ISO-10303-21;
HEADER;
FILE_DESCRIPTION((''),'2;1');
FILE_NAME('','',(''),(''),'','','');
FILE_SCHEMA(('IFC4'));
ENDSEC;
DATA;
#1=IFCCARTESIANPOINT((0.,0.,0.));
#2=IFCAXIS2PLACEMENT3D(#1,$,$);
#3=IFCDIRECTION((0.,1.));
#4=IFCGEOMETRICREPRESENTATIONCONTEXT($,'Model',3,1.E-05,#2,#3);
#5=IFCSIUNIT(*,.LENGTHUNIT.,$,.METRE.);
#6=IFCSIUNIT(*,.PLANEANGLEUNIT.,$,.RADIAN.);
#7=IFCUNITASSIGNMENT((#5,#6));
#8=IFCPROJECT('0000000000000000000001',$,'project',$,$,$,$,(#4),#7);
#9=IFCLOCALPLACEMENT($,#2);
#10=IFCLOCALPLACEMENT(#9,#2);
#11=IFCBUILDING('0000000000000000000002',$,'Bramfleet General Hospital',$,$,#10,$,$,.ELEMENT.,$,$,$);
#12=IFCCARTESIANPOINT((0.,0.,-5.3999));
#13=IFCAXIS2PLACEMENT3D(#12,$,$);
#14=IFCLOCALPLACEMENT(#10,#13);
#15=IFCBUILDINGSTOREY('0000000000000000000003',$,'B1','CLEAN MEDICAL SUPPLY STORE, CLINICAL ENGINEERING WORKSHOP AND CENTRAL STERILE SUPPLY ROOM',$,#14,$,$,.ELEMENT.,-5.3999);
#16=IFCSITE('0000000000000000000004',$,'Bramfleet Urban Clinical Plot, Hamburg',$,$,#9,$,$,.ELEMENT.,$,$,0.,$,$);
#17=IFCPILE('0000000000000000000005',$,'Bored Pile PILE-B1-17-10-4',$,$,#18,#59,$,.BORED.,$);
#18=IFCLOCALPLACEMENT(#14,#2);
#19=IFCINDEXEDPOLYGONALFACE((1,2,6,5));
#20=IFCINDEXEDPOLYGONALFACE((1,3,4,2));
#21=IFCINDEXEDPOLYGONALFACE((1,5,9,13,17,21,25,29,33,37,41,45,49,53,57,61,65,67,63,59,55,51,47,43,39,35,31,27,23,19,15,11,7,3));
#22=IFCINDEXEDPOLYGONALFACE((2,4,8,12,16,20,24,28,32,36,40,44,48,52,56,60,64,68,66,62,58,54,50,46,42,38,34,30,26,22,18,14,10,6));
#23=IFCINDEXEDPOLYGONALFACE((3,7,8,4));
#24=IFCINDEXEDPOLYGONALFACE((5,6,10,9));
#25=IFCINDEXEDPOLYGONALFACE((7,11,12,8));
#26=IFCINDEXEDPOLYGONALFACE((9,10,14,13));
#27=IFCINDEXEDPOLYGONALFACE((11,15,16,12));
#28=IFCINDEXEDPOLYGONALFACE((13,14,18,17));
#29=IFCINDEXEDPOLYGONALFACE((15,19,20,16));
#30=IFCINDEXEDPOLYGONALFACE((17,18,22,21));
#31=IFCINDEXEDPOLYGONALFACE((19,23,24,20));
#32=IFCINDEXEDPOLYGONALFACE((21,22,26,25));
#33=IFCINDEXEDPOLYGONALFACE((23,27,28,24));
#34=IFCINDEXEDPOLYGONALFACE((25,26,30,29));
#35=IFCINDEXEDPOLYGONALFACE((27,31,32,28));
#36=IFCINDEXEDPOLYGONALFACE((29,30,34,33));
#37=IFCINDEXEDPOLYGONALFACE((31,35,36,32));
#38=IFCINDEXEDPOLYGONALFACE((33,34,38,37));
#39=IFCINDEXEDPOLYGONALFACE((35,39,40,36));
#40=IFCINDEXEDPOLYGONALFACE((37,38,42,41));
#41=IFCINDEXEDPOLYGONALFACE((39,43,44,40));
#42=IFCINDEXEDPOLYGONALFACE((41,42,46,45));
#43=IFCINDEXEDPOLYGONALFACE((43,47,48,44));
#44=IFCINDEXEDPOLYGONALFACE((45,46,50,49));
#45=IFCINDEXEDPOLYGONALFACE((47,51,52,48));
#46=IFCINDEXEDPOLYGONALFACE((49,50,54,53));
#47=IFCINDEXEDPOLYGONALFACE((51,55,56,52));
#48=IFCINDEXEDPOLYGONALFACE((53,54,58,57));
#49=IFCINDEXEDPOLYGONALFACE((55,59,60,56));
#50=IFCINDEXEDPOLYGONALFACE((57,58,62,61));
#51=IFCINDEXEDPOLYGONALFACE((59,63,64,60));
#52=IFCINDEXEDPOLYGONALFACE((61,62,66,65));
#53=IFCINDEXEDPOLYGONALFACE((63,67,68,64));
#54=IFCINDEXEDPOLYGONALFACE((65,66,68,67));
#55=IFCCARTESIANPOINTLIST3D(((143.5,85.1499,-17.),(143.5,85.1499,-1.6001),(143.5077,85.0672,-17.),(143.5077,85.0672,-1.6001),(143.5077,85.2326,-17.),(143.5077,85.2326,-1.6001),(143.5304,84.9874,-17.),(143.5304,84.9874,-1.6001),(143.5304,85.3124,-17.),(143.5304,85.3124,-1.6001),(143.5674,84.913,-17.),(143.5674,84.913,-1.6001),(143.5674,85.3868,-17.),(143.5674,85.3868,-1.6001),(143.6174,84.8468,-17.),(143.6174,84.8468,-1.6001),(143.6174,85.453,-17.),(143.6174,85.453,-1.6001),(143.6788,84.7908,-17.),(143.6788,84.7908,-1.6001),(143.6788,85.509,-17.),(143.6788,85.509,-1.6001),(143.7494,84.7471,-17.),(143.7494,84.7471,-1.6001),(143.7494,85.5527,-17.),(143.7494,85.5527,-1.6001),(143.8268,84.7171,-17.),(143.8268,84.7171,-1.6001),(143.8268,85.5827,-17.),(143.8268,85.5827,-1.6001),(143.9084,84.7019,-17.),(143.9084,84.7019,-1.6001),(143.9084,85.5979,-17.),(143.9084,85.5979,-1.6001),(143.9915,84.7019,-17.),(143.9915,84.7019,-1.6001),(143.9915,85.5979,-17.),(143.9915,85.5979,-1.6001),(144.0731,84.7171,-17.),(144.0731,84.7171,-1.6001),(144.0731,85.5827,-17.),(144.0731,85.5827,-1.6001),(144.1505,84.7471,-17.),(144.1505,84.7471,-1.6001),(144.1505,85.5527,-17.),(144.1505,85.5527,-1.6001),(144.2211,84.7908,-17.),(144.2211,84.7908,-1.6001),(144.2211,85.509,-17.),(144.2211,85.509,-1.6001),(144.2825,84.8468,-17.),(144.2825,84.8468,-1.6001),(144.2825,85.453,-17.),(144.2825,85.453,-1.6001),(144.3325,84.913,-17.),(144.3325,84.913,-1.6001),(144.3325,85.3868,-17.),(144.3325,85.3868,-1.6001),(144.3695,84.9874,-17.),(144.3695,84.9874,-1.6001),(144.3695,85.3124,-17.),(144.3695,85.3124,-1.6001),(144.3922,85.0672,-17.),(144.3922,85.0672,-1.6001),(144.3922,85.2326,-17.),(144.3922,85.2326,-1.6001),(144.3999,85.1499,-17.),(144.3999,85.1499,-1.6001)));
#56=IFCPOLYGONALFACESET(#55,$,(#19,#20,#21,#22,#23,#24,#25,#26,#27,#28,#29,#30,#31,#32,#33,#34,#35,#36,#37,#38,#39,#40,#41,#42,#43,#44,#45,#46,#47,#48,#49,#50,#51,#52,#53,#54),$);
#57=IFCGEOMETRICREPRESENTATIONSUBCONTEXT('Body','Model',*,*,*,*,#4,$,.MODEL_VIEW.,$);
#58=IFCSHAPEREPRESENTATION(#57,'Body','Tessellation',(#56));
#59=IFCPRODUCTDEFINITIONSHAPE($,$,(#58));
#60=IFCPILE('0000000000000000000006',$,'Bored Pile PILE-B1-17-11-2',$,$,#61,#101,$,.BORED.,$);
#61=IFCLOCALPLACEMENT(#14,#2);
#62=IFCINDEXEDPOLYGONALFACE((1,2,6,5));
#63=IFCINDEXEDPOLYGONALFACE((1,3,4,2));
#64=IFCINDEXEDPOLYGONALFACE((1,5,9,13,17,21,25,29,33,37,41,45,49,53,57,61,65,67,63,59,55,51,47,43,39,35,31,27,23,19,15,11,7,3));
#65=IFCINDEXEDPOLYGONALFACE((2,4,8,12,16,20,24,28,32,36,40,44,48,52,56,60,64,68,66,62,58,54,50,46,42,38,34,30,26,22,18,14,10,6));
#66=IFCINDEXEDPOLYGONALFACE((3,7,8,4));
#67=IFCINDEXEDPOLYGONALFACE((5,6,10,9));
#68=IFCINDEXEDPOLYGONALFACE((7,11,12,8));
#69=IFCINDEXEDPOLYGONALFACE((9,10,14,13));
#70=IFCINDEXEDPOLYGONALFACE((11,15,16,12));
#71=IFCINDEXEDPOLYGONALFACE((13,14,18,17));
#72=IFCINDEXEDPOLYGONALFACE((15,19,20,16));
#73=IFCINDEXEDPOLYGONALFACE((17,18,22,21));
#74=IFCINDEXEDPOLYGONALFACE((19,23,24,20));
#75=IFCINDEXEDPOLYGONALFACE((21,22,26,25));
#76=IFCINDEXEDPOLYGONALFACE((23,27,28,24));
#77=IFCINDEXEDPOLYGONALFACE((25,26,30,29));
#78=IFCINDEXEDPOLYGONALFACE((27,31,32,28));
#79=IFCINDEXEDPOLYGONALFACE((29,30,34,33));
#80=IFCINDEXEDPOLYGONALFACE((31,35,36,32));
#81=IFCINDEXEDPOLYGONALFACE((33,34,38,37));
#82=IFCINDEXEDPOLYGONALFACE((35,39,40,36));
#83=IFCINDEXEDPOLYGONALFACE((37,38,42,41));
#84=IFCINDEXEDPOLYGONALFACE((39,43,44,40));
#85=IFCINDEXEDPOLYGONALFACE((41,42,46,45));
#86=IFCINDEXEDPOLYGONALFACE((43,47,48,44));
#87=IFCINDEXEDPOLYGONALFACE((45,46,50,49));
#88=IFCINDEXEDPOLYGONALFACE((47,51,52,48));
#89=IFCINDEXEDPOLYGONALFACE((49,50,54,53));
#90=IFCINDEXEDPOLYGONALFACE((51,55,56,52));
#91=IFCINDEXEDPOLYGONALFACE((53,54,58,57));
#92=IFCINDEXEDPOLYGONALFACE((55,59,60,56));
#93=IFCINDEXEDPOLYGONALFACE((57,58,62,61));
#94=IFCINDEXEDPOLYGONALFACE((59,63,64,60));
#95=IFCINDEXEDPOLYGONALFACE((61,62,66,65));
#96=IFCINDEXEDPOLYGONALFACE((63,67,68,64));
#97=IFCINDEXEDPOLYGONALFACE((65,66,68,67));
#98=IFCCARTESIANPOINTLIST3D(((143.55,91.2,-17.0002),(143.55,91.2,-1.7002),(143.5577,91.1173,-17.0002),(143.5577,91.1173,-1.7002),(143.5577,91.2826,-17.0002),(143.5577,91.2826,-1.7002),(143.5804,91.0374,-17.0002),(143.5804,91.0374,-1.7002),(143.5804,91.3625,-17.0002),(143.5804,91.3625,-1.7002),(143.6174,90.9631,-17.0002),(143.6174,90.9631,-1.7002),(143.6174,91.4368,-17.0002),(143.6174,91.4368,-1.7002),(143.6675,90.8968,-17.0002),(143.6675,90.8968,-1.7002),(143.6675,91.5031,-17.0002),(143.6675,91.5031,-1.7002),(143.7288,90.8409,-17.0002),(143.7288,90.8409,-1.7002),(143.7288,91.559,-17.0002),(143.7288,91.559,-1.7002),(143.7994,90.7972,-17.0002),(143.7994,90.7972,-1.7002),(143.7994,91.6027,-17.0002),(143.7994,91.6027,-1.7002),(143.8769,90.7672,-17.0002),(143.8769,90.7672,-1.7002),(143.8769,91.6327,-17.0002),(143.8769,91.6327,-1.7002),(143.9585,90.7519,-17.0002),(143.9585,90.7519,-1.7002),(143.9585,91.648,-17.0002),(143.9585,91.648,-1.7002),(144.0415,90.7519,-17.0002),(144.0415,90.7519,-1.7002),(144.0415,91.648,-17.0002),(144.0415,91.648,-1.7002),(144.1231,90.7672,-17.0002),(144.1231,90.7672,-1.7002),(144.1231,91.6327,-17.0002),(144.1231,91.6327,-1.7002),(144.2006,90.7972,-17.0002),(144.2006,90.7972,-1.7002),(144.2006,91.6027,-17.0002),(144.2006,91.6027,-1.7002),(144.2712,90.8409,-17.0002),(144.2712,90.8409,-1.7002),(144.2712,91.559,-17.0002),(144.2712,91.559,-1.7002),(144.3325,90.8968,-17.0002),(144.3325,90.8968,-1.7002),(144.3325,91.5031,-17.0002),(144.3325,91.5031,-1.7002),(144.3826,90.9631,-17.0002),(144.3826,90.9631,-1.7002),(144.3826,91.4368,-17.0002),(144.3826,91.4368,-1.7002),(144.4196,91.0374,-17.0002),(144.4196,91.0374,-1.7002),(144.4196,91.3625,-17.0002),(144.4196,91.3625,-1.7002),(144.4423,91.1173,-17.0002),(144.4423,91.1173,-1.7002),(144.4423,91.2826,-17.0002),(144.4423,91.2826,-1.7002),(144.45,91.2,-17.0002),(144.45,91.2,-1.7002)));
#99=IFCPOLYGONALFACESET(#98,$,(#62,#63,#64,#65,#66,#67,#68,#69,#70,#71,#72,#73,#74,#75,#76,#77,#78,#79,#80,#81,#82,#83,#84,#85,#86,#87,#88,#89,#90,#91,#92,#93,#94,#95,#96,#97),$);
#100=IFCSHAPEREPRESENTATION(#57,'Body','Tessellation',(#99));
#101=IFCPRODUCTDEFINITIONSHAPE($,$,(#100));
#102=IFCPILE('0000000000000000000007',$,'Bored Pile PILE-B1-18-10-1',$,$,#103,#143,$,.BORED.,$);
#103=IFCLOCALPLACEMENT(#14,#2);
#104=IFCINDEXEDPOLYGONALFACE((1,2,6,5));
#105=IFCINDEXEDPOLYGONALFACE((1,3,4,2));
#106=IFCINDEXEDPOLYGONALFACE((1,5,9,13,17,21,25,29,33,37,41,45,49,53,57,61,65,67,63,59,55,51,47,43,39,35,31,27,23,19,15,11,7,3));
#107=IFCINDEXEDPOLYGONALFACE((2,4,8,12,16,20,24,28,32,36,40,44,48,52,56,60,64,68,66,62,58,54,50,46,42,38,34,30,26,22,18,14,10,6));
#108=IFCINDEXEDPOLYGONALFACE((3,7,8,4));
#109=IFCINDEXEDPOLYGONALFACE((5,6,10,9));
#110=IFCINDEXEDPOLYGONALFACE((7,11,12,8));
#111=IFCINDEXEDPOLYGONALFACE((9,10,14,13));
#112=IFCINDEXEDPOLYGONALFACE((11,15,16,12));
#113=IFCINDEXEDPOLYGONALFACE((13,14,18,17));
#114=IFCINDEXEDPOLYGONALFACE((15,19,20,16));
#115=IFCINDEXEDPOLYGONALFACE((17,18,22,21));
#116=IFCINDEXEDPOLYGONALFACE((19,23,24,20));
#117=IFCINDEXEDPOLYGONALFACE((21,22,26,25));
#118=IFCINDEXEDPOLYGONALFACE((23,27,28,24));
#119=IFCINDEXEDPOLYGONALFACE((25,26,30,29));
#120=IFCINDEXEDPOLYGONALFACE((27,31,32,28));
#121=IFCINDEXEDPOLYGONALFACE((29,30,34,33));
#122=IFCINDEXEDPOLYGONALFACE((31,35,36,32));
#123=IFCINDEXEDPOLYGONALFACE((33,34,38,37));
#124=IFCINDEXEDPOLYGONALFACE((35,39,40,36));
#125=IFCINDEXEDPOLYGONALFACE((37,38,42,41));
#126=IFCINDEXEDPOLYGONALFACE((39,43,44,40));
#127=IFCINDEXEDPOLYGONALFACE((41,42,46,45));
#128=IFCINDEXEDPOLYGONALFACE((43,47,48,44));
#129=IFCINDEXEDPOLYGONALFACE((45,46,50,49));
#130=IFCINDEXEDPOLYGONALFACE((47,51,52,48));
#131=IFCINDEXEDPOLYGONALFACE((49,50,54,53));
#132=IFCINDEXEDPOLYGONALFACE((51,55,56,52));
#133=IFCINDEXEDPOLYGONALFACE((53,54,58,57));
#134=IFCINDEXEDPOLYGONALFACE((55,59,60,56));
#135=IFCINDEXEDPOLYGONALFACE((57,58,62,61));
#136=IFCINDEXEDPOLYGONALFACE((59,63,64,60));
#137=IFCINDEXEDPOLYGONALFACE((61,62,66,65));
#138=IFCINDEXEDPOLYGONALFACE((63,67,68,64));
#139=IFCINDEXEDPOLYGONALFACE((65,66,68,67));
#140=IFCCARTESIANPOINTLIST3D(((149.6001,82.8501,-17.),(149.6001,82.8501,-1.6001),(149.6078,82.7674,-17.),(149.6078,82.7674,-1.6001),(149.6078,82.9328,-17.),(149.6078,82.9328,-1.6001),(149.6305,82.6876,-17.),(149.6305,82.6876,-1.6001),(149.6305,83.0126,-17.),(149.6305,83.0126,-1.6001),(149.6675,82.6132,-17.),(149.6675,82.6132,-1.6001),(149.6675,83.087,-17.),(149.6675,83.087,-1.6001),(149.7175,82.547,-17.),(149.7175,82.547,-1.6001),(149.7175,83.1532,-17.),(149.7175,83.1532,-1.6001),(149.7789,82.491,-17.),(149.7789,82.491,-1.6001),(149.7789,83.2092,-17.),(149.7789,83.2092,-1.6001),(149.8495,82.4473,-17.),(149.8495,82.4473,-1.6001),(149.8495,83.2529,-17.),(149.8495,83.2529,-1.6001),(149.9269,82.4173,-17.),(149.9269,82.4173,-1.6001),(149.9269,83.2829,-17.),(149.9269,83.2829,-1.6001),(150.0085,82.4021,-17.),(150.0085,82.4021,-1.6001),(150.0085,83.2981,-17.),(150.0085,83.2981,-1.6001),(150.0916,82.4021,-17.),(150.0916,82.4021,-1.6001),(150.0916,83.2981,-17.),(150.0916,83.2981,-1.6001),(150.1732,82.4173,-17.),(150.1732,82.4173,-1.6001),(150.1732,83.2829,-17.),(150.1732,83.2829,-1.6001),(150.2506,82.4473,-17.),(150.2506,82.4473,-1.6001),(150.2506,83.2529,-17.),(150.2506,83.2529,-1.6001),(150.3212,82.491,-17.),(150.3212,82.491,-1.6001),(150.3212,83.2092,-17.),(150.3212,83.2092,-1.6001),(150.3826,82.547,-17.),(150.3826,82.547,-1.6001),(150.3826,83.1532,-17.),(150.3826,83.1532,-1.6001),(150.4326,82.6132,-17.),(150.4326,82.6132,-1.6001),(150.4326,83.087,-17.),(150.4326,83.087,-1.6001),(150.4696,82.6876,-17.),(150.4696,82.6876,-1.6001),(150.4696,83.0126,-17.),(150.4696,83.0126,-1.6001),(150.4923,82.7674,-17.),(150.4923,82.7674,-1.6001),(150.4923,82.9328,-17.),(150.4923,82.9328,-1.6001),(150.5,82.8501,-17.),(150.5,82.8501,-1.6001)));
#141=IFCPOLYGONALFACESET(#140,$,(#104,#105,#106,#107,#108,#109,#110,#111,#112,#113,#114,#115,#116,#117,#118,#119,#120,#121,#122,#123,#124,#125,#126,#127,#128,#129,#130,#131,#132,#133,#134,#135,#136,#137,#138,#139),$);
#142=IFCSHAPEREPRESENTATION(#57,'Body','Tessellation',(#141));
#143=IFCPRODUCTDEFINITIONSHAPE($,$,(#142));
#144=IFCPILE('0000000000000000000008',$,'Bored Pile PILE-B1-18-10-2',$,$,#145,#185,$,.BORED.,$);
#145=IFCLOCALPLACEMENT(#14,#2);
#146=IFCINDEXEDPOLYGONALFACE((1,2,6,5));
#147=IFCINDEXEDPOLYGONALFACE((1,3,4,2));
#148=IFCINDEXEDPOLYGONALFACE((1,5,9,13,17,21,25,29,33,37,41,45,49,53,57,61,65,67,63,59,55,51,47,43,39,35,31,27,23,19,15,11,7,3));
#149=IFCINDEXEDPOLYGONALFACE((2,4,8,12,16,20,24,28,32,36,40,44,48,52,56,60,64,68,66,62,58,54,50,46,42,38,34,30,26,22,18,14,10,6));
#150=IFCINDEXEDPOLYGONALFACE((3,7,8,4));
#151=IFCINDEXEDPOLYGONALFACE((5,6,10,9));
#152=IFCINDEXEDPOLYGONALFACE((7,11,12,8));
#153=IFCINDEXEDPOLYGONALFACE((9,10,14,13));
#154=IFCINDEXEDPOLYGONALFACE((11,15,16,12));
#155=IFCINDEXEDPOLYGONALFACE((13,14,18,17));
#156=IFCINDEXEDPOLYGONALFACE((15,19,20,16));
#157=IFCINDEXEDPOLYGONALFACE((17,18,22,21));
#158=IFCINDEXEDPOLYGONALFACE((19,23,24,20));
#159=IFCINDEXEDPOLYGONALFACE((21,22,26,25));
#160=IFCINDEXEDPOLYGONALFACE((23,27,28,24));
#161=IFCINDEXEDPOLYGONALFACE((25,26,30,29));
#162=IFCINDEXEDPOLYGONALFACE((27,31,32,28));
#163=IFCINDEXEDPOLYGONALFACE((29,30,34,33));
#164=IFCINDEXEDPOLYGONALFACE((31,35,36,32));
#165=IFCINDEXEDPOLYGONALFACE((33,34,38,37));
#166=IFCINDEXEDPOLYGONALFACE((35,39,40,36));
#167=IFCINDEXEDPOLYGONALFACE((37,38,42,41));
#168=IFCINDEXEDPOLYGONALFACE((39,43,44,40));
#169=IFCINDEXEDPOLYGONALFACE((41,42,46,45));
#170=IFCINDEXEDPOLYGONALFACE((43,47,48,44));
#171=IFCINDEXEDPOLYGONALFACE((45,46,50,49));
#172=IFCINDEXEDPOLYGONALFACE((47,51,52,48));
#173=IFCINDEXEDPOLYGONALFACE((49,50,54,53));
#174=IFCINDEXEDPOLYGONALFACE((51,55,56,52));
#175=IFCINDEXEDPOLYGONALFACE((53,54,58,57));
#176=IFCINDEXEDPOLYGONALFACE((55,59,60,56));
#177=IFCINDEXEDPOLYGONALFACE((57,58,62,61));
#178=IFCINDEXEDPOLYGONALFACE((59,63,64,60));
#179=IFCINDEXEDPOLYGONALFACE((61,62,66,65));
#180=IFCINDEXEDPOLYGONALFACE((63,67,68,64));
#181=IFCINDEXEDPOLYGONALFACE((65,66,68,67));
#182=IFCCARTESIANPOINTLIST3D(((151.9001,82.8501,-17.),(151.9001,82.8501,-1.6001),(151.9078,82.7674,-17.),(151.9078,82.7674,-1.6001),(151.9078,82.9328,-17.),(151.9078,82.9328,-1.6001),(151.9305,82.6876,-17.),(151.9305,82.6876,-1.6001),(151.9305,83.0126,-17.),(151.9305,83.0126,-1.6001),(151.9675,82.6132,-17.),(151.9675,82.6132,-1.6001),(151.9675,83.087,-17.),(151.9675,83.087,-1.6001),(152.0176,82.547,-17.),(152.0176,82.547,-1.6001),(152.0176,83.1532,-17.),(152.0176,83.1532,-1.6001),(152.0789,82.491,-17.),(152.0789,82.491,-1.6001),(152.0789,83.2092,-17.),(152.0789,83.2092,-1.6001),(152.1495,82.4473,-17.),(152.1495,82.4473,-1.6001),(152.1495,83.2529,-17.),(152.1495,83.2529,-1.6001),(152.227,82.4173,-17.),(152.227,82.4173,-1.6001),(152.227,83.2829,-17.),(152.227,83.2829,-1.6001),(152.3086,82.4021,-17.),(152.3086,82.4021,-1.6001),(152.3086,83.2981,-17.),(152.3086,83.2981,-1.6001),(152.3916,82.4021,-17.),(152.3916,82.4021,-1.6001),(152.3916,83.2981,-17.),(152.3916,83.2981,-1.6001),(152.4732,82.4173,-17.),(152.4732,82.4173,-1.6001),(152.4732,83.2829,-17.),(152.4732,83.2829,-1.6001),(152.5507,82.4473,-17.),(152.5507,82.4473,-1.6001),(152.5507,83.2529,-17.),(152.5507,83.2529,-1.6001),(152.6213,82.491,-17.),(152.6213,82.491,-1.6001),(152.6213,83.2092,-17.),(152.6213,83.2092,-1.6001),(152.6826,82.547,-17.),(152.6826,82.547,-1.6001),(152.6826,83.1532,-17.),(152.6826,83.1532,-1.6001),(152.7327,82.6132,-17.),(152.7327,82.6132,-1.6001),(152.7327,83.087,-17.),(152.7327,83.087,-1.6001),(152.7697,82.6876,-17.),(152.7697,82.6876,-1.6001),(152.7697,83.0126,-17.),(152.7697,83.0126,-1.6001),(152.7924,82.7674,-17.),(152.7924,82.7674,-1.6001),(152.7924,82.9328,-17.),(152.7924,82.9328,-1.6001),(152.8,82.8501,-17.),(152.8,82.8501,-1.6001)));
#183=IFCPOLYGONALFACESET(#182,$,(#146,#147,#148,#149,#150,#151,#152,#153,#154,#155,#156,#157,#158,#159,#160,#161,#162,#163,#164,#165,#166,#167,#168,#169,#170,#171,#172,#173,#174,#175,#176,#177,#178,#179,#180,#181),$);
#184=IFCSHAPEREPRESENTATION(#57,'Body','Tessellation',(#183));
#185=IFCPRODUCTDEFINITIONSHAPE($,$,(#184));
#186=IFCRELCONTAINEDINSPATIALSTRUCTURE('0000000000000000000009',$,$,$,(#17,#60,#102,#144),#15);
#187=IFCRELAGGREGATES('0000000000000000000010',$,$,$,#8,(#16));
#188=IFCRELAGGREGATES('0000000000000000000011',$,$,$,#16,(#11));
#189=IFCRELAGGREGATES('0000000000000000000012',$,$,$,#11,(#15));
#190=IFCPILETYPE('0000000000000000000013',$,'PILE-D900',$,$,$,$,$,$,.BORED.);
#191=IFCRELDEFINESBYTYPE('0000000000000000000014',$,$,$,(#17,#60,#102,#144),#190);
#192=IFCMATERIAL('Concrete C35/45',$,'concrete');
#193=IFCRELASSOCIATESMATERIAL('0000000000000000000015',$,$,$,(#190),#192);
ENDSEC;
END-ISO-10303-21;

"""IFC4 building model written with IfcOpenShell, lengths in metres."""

from ifc_helpers import new_model, si_unit, direction, frame, origin, origin_2d, place, context, subcontext, project, spatial, circle, extrude, material, material_profile, profile_set, type_object, element, save


model = new_model("IFC4")

# Units and contexts
model_context = context("Model", 3, precision=1e-05, world=origin(), true_north=direction((0.0, 1.0)))
body_context = subcontext(model_context, "Body", "Model", "MODEL_VIEW")
ifc_project = project(units=[si_unit("LENGTHUNIT", "METRE"), si_unit("PLANEANGLEUNIT", "RADIAN")], contexts=[model_context])

# Site, building, storey
site_placement = place(None, origin())
site = spatial("IfcSite", under=ifc_project, at=site_placement, Name="Bramfleet Urban Clinical Plot, Hamburg", CompositionType="ELEMENT", RefElevation=0.0)
building_placement = place(site_placement, origin())
building = spatial("IfcBuilding", under=site, at=building_placement, Name="Bramfleet General Hospital", CompositionType="ELEMENT")
storey_placement = place(building_placement, frame((0.0, 0.0, -5.3999)))
storey = spatial("IfcBuildingStorey", under=building, at=storey_placement, Name="B1", Description="CLEAN MEDICAL SUPPLY STORE, CLINICAL ENGINEERING WORKSHOP AND CENTRAL STERILE SUPPLY ROOM", CompositionType="ELEMENT", Elevation=-5.3999)

# Shared definitions
ifc_material_1 = material(Name="Concrete C35/45", Category="concrete")

# Piles
ifc_material_profile_1 = material_profile(ifc_material_1, circle(Radius=0.45, at=origin_2d()), Name="PILE BORED D900")
ifc_profile_set_1 = profile_set([ifc_material_profile_1], Name="Concrete C35/45")
pile_type = type_object("IfcPileType", Name="PILE-D900", PredefinedType="BORED", material=ifc_profile_set_1)
for number, where, z_axis, x_axis, name in (
    (1, (143.95, 85.1499, -1.6001), (0.0, 0.0, -1.0), (1.0, 0.0, 0.0), "Bored Pile PILE-B1-17-10-4"),
):
    element("IfcPile", number, at=place(storey_placement, frame(where, z_axis=z_axis, x_axis=x_axis)), inside=storey, type_object=pile_type, Name=name, PredefinedType="BORED", context=body_context, shape_type="SweptSolid", body=[
        extrude(circle(Radius=0.45, at=origin_2d()), origin(), (0.0, 0.0, 1.0), 15.3999),
    ])
pile_placement = place(storey_placement, frame((144.0, 91.2, -1.7002), z_axis=(0.0, 0.0, -1.0), x_axis=(1.0, 0.0, 0.0)))
element("IfcPile", 2, at=pile_placement, inside=storey, type_object=pile_type, Name="Bored Pile PILE-B1-17-11-2", PredefinedType="BORED", context=body_context, shape_type="SweptSolid", body=[
    extrude(circle(Radius=0.45, at=origin_2d()), origin(), (0.0, 0.0, 1.0), 15.3),
])
for number, where, z_axis, x_axis, name in (
    (3, (150.05, 82.8501, -1.6001), (0.0, 0.0, -1.0), (1.0, 0.0, 0.0), "Bored Pile PILE-B1-18-10-1"),
    (4, (152.3501, 82.8501, -1.6001), (0.0, 0.0, -1.0), (1.0, 0.0, 0.0), "Bored Pile PILE-B1-18-10-2"),
):
    element("IfcPile", number, at=place(storey_placement, frame(where, z_axis=z_axis, x_axis=x_axis)), inside=storey, type_object=pile_type, Name=name, PredefinedType="BORED", context=body_context, shape_type="SweptSolid", body=[
        extrude(circle(Radius=0.45, at=origin_2d()), origin(), (0.0, 0.0, 1.0), 15.3999),
    ])

save(model, "model.ifc")
